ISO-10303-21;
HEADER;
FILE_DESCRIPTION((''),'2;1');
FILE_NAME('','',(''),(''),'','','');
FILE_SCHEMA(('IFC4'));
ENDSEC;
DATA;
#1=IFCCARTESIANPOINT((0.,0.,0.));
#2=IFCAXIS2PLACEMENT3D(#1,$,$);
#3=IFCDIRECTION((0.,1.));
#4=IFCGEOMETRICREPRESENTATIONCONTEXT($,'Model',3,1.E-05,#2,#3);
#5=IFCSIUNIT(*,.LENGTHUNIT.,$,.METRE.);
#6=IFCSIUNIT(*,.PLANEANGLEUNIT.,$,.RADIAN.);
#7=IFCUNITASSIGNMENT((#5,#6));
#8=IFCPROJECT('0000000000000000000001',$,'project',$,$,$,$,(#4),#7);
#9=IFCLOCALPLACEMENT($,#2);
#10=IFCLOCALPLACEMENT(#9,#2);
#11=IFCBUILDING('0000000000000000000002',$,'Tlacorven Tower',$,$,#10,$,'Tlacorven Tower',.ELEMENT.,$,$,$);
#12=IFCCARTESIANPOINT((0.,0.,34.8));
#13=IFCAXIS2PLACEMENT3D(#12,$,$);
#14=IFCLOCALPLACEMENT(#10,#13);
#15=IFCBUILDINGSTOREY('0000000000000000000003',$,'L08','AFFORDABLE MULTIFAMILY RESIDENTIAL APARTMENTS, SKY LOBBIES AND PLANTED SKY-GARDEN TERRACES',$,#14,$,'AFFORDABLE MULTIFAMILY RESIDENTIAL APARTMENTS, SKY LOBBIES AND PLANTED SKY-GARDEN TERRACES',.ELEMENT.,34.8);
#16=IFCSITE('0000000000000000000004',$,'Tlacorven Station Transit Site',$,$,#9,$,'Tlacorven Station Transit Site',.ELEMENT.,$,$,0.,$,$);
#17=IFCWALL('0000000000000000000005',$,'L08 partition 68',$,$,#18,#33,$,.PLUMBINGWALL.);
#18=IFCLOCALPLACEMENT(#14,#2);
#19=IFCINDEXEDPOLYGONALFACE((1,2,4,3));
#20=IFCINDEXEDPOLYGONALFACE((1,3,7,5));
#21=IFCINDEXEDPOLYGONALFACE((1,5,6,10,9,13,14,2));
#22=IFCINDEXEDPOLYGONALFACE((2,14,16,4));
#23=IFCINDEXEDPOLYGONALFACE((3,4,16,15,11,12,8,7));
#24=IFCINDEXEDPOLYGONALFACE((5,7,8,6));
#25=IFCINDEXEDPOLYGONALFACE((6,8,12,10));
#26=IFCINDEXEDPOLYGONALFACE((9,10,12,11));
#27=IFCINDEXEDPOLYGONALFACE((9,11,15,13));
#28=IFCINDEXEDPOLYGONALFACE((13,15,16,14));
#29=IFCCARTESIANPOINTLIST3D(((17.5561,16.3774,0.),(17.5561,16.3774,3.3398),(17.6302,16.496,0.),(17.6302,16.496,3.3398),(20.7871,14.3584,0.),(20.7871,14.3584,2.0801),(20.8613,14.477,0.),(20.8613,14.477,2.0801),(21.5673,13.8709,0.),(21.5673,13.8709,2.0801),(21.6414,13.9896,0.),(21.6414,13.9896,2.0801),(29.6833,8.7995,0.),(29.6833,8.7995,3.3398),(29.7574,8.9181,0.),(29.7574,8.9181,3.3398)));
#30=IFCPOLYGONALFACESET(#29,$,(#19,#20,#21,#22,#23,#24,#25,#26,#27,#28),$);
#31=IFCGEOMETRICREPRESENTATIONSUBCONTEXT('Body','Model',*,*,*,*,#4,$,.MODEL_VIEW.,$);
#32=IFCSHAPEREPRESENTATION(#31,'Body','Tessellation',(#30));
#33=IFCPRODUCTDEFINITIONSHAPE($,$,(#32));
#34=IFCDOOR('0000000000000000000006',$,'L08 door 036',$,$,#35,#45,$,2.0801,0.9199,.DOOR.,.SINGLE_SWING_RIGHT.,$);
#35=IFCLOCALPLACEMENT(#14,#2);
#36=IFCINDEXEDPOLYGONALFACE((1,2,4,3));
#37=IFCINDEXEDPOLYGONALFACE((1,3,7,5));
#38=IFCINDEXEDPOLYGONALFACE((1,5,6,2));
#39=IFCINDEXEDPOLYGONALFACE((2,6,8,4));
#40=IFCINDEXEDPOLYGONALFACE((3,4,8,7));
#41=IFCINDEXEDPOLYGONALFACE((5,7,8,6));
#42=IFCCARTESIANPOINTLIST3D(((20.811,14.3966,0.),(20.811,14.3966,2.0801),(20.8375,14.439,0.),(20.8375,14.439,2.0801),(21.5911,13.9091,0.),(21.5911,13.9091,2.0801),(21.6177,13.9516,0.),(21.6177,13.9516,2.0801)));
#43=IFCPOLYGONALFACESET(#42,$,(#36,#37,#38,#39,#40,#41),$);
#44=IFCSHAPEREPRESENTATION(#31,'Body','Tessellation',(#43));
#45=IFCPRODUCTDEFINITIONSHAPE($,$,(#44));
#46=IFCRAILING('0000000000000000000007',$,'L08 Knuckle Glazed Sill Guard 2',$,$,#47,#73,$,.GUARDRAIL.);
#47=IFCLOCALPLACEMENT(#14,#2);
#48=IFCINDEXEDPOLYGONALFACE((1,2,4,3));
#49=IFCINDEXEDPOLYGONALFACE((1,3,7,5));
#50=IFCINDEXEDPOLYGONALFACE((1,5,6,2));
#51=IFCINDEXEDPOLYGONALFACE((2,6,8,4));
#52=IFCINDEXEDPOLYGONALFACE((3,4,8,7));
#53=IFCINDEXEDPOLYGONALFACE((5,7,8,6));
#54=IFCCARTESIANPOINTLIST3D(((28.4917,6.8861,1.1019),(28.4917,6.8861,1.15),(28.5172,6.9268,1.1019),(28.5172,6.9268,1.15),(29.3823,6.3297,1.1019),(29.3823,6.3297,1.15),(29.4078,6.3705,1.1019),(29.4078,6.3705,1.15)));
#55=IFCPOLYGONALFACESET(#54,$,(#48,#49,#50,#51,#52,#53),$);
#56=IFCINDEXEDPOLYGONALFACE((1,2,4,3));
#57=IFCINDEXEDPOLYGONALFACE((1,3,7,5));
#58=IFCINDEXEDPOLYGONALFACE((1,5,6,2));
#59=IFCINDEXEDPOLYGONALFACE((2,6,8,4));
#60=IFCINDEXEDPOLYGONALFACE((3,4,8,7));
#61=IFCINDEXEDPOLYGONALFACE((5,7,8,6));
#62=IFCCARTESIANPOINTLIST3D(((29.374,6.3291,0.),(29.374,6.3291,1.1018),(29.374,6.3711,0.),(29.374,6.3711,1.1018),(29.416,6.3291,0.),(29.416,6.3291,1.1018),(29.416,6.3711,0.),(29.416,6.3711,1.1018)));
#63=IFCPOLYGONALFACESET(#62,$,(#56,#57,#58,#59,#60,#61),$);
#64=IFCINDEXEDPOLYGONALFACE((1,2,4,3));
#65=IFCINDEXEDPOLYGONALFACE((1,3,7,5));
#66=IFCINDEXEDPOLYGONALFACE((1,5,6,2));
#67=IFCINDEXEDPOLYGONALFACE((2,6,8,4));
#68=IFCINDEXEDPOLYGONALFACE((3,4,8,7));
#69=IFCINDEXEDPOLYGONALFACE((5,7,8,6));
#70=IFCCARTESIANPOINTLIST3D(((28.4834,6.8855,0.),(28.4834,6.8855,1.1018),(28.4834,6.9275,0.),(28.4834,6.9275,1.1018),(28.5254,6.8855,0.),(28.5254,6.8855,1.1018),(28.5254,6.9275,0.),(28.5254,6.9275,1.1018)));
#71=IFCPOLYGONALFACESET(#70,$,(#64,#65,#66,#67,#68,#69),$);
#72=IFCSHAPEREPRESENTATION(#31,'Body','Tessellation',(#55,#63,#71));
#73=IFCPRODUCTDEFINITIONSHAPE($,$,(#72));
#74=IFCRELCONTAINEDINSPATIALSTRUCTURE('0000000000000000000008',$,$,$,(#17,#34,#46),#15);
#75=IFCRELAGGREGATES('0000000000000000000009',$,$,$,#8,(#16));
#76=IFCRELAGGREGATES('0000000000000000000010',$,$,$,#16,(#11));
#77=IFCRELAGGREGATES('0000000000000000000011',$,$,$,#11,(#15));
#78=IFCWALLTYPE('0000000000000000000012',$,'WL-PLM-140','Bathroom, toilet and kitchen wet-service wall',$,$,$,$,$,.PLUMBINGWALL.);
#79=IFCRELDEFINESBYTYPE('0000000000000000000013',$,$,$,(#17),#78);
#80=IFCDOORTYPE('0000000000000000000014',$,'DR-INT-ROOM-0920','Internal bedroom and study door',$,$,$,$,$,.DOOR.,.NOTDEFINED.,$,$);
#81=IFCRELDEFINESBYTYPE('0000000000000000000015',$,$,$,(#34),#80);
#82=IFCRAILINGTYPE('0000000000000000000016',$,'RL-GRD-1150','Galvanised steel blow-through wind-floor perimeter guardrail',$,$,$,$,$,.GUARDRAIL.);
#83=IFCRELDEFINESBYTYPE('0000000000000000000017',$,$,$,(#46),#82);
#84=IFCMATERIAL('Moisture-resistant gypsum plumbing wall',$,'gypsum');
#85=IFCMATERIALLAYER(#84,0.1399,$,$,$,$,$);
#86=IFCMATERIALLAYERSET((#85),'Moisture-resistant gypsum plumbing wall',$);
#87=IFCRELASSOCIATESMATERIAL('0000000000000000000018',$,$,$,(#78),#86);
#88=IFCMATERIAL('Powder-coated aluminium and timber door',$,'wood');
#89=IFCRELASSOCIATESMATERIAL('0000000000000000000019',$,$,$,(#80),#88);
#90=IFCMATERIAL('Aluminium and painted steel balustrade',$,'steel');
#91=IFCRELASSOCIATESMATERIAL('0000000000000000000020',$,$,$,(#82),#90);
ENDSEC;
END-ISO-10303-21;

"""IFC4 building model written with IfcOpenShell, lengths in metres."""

from ifc_helpers import new_model, si_unit, direction, frame, frame_2d, origin, origin_2d, place, context, subcontext, project, spatial, rectangle, extrude, source, transform, mapped, material, layer, layer_set, type_object, element, fill, save


model = new_model("IFC4")

# Units and contexts
model_context = context("Model", 3, precision=1e-05, world=origin(), true_north=direction((0.0, 1.0)))
body_context = subcontext(model_context, "Body", "Model", "MODEL_VIEW")
ifc_project = project(units=[si_unit("LENGTHUNIT", "METRE"), si_unit("PLANEANGLEUNIT", "RADIAN")], contexts=[model_context])

# Site, building, storey
site_placement = place(None, origin())
site = spatial("IfcSite", under=ifc_project, at=site_placement, Name="Tlacorven Station Transit Site", LongName="Tlacorven Station Transit Site", CompositionType="ELEMENT", RefElevation=0.0)
building_placement = place(site_placement, origin())
building = spatial("IfcBuilding", under=site, at=building_placement, Name="Tlacorven Tower", LongName="Tlacorven Tower", CompositionType="ELEMENT")
storey_placement = place(building_placement, frame((0.0, 0.0, 34.8)))
storey = spatial("IfcBuildingStorey", under=building, at=storey_placement, Name="L08", Description="AFFORDABLE MULTIFAMILY RESIDENTIAL APARTMENTS, SKY LOBBIES AND PLANTED SKY-GARDEN TERRACES", LongName="AFFORDABLE MULTIFAMILY RESIDENTIAL APARTMENTS, SKY LOBBIES AND PLANTED SKY-GARDEN TERRACES", CompositionType="ELEMENT", Elevation=34.8)

# Shared definitions
ifc_material_1 = material(Name="Powder-coated aluminium and timber door", Category="wood")

# Wall, opening, door
ifc_material_2 = material(Name="Moisture-resistant gypsum plumbing wall", Category="gypsum")
ifc_layer_1 = layer(ifc_material_2, 0.1399)
ifc_layer_set_1 = layer_set([ifc_layer_1], Name="Moisture-resistant gypsum plumbing wall")
wall_type_1 = type_object("IfcWallType", Name="WL-PLM-140", Description="Bathroom, toilet and kitchen wet-service wall", PredefinedType="PLUMBINGWALL", material=ifc_layer_set_1)
wall_1_placement = place(storey_placement, frame((29.7202, 8.8589, 0.0), z_axis=(0.0, 0.0, 1.0), x_axis=(-0.848049, 0.529918, 0.0)))
wall_1 = element("IfcWall", 1, at=wall_1_placement, inside=storey, type_object=wall_type_1, Name="L08 partition 68", PredefinedType="PLUMBINGWALL", context=body_context, shape_type="SweptSolid", body=[
    extrude(rectangle(XDim=14.3, YDim=0.1399, at=frame_2d((7.1499, 0.0))), origin(), (0.0, 0.0, 1.0), 3.3398),
])
opening_1_placement = place(wall_1_placement, frame((9.5701, 0.0, 0.0)))
opening_1 = element("IfcOpeningElement", 2, at=opening_1_placement, cuts=wall_1, PredefinedType="OPENING", context=body_context, shape_type="SweptSolid", body=[
    extrude(rectangle(XDim=0.9199, YDim=2.0801, at=frame_2d((0.46, 1.04))), frame((0.0, 0.0801, 0.0), z_axis=(0.0, -1.0, 0.0), x_axis=(1.0, 0.0, 0.0)), (0.0, 0.0, 1.0), 0.1599),
])
door_type_1 = type_object("IfcDoorType", Name="DR-INT-ROOM-0920", Description="Internal bedroom and study door", OperationType="NOTDEFINED", PredefinedType="DOOR", material=ifc_material_1)
shared_shape_1 = source(origin(), body_context, "Body", "SweptSolid", [
    extrude(rectangle(XDim=0.9199, YDim=2.0801, at=frame_2d((0.46, 1.04))), frame((0.0, 0.0249, 0.0), z_axis=(0.0, -1.0, 0.0), x_axis=(1.0, 0.0, 0.0)), (0.0, 0.0, 1.0), 0.05),
])
door_1_placement = place(opening_1_placement, origin())
door_1 = element("IfcDoor", 3, at=door_1_placement, inside=storey, type_object=door_type_1, Name="L08 door 036", OperationType="SINGLE_SWING_RIGHT", OverallHeight=2.0801, OverallWidth=0.9199, PredefinedType="DOOR", context=body_context, shape_type="MappedRepresentation", body=[
    mapped(shared_shape_1, transform((0.0, 0.0, 0.0), scale=1.0)),
])
fill(opening_1, door_1)

# Railing
ifc_material_3 = material(Name="Aluminium and painted steel balustrade", Category="steel")
railing_type = type_object("IfcRailingType", Name="RL-GRD-1150", Description="Galvanised steel blow-through wind-floor perimeter guardrail", PredefinedType="GUARDRAIL", material=ifc_material_3)
shared_shape_2 = source(origin(), body_context, "Body", "SweptSolid", [
    extrude(rectangle(XDim=0.0481, YDim=0.0481, at=origin_2d()), frame((0.0, 0.0, 1.126), z_axis=(-0.848103, 0.529832, 0.0), x_axis=(-0.529832, -0.848103, 0.0)), (0.0, 0.0, 1.0), 1.05),
    extrude(rectangle(XDim=0.042, YDim=0.042, at=origin_2d()), origin(), (0.0, 0.0, 1.0), 1.1018),
    extrude(rectangle(XDim=0.042, YDim=0.042, at=origin_2d()), frame((-0.8906, 0.5564, 0.0)), (0.0, 0.0, 1.0), 1.1018),
])
railing_placement = place(storey_placement, frame((29.395, 6.3501, 0.0)))
element("IfcRailing", 4, at=railing_placement, inside=storey, type_object=railing_type, Name="L08 Knuckle Glazed Sill Guard 2", PredefinedType="GUARDRAIL", context=body_context, shape_type="MappedRepresentation", body=[
    mapped(shared_shape_2, transform((0.0, 0.0, 0.0), scale=1.0)),
])

save(model, "model.ifc")
